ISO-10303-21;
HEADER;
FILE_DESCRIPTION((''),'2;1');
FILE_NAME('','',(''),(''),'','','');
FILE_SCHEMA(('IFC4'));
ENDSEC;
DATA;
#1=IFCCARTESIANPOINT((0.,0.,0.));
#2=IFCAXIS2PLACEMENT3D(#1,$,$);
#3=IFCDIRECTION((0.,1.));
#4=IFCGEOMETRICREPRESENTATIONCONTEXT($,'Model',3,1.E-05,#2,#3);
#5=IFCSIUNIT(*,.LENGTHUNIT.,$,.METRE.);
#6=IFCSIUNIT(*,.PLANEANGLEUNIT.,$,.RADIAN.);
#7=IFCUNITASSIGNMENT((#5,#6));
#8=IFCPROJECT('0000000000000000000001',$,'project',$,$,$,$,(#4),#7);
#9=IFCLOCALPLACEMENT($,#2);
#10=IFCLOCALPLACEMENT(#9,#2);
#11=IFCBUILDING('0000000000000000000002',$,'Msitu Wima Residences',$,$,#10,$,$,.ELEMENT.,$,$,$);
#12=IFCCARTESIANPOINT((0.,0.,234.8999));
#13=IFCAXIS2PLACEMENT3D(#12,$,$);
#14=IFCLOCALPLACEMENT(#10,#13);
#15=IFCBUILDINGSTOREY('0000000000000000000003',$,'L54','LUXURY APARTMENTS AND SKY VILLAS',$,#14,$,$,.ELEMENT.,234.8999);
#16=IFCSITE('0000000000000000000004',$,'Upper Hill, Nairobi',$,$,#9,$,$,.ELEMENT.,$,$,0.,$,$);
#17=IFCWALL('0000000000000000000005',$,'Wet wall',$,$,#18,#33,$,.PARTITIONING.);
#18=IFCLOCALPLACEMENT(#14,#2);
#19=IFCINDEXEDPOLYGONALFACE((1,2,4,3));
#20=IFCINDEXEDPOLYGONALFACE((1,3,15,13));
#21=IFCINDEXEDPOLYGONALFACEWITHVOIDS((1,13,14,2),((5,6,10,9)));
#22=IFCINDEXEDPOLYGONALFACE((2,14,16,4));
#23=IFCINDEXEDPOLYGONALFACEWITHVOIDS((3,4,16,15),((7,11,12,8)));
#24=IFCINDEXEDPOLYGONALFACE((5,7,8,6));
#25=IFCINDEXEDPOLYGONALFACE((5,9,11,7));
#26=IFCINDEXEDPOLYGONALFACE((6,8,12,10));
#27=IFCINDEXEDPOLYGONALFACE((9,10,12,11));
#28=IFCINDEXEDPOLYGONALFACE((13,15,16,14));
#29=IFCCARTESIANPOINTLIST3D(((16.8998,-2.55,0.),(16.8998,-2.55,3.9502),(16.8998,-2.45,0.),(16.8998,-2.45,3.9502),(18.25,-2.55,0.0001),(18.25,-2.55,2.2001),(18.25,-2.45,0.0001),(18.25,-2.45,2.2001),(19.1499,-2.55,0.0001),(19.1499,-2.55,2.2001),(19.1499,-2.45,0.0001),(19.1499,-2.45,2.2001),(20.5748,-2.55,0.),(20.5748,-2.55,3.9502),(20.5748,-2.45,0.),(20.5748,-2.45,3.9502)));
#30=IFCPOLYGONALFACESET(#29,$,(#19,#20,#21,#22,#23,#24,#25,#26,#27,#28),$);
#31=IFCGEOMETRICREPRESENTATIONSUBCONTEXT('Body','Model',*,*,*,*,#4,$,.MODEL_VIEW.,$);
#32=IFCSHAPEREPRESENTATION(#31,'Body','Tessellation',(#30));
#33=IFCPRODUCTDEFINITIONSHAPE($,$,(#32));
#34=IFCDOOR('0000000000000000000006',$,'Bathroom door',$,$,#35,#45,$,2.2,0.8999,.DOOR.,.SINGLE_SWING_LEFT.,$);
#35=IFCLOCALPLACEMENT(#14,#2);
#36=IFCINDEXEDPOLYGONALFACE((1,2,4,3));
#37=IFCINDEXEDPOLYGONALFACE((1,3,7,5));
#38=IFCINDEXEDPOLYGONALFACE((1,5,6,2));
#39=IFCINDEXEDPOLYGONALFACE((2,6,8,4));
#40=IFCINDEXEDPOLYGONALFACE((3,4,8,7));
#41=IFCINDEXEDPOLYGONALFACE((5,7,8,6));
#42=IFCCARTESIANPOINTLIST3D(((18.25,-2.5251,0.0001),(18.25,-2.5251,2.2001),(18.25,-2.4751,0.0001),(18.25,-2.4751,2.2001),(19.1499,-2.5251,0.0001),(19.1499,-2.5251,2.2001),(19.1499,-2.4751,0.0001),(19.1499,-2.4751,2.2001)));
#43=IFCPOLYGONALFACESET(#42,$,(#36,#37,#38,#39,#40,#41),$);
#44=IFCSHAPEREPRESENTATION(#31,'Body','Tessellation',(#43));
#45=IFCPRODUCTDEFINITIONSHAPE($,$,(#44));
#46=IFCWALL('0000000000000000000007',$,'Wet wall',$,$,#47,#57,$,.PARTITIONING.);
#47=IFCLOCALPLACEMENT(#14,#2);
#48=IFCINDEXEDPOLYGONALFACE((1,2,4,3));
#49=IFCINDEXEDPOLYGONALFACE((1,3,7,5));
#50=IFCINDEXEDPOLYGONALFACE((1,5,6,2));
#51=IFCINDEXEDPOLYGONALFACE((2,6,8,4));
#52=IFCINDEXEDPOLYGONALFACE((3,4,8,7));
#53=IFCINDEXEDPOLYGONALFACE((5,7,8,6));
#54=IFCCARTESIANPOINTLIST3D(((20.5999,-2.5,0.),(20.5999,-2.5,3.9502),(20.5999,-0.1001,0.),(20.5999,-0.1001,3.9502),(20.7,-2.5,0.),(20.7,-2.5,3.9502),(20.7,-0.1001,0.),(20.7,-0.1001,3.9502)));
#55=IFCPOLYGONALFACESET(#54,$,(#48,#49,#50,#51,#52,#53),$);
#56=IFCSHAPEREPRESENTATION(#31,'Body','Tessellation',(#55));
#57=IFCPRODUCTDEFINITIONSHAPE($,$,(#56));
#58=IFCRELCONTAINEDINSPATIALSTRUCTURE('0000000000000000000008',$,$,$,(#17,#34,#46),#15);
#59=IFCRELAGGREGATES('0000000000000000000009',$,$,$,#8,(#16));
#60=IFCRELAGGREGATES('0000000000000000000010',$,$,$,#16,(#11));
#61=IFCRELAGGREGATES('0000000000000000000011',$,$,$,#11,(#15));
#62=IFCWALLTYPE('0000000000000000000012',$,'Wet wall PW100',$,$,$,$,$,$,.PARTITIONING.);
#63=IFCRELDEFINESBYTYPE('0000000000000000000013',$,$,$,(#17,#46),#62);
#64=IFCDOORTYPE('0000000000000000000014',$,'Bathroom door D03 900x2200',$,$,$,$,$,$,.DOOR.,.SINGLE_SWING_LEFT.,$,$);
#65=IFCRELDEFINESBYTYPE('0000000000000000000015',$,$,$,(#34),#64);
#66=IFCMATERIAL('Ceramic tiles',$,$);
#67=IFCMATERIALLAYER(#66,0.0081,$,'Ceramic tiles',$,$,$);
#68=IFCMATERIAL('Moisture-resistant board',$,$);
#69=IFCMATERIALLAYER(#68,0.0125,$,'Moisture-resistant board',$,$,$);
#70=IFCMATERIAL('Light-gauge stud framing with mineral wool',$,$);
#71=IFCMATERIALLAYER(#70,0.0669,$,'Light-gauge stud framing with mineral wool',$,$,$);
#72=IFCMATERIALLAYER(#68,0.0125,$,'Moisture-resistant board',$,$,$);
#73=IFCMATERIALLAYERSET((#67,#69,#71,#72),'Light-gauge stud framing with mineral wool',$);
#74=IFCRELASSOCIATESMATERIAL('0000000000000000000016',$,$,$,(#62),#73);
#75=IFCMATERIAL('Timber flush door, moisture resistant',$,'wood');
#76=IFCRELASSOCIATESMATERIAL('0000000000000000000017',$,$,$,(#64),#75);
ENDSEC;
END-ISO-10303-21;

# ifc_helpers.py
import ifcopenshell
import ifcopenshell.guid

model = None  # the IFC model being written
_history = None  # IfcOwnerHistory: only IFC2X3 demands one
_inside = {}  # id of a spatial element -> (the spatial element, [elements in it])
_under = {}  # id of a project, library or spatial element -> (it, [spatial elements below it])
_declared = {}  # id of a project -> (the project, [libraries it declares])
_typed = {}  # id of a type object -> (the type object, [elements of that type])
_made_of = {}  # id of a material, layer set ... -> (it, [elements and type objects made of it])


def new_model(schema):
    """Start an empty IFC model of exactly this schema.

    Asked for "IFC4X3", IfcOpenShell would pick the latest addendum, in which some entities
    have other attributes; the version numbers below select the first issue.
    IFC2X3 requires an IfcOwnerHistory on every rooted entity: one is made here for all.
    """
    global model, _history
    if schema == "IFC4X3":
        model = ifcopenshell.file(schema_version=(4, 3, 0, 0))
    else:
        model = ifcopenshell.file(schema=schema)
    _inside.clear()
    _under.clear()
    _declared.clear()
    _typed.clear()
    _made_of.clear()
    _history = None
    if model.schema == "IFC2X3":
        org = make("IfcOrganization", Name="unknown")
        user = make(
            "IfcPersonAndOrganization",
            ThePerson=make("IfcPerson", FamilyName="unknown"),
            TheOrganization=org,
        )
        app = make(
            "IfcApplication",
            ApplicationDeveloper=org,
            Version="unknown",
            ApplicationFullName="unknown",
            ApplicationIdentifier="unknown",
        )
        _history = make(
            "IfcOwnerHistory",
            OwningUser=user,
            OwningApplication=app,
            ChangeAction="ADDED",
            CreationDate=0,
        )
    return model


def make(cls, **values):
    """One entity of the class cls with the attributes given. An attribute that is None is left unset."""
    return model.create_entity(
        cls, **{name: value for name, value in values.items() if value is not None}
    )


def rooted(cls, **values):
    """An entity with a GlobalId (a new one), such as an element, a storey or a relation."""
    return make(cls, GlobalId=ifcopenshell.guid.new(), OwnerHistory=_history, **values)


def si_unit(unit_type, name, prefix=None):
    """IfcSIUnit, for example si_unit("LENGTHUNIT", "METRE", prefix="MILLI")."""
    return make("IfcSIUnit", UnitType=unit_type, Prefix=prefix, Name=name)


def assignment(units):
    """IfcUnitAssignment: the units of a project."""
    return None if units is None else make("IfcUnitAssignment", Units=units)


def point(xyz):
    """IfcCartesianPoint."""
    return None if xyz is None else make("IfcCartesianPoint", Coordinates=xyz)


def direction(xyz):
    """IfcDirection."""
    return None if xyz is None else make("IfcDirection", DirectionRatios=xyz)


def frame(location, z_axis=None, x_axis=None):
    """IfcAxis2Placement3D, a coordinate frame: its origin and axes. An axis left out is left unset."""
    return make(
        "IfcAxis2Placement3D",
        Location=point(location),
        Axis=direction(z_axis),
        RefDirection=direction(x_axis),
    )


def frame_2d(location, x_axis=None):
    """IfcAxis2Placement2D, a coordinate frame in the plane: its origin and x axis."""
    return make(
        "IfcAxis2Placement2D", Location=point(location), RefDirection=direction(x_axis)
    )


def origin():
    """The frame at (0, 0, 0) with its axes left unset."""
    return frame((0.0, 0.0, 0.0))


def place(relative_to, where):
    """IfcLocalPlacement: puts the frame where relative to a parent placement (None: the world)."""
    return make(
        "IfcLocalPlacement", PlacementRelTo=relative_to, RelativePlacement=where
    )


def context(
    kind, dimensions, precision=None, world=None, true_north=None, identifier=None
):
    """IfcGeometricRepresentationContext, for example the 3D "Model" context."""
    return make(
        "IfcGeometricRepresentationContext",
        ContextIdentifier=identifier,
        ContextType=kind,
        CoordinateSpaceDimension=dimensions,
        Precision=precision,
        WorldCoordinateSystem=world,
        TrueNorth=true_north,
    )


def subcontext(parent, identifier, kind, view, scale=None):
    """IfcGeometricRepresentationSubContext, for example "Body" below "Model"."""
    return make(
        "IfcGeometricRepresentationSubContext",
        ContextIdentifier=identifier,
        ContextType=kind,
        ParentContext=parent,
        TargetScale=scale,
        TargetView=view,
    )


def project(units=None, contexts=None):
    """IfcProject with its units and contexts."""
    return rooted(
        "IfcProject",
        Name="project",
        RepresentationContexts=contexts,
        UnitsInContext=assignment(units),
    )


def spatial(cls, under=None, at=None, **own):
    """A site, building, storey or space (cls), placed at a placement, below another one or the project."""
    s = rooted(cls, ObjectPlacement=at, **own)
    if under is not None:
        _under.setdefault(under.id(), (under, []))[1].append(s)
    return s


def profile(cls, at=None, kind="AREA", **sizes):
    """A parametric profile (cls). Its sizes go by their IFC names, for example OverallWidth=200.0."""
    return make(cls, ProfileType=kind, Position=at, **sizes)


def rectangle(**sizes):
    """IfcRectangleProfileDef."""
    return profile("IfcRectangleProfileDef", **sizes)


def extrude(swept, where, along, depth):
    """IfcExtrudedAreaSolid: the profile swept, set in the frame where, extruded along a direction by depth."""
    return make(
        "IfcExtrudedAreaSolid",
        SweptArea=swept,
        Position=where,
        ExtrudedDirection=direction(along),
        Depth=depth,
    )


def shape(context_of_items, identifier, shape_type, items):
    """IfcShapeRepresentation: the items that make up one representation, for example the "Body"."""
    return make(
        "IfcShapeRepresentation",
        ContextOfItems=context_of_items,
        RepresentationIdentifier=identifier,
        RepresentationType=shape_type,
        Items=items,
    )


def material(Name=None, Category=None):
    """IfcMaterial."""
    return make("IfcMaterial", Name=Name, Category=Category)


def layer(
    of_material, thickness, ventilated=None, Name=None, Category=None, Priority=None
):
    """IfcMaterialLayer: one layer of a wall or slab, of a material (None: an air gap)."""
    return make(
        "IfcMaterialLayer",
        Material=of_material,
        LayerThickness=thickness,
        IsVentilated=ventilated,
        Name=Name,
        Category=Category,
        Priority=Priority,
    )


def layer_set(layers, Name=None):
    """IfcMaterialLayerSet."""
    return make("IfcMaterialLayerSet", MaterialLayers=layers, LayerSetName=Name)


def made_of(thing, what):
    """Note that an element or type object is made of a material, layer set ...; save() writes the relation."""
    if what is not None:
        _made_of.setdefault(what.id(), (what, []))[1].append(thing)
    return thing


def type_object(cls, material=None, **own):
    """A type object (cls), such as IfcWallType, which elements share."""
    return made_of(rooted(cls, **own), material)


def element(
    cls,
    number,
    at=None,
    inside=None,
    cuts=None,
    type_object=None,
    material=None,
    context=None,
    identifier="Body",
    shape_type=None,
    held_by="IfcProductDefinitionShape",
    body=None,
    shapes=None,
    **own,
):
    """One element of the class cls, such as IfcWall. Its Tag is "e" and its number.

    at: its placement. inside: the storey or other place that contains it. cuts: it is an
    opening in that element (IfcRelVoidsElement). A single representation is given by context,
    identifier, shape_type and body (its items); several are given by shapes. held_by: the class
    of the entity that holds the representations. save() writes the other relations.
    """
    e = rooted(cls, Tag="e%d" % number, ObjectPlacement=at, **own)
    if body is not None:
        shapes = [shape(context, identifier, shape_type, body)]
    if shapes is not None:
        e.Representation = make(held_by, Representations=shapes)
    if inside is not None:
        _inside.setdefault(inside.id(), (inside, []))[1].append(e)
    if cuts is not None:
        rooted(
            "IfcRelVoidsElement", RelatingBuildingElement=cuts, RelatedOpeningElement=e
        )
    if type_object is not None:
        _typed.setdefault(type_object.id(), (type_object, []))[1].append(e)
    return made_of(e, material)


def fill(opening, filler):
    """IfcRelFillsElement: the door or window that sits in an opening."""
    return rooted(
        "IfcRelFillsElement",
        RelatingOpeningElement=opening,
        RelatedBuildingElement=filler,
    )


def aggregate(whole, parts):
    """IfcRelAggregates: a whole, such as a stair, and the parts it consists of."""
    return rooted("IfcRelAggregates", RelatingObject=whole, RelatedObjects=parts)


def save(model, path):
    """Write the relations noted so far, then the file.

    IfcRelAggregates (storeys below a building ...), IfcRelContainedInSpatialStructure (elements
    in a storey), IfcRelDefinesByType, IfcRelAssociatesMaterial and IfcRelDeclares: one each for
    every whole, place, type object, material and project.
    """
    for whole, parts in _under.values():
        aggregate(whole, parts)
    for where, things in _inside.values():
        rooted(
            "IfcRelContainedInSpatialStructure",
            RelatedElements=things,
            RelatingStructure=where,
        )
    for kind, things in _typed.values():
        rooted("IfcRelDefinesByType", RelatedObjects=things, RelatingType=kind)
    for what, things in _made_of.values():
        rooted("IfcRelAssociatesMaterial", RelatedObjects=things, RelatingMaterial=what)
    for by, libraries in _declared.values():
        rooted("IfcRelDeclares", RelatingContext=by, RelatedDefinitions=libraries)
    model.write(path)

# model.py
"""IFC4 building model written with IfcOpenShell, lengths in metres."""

from ifc_helpers import new_model, si_unit, direction, frame, frame_2d, origin, place, context, subcontext, project, spatial, rectangle, extrude, material, layer, layer_set, type_object, element, fill, save


model = new_model("IFC4")

# Units and contexts
model_context = context("Model", 3, precision=1e-05, world=origin(), true_north=direction((0.0, 1.0)))
body_context = subcontext(model_context, "Body", "Model", "MODEL_VIEW")
ifc_project = project(units=[si_unit("LENGTHUNIT", "METRE"), si_unit("PLANEANGLEUNIT", "RADIAN")], contexts=[model_context])

# Site, building, storey
site_placement = place(None, origin())
site = spatial("IfcSite", under=ifc_project, at=site_placement, Name="Upper Hill, Nairobi", CompositionType="ELEMENT", RefElevation=0.0)
building_placement = place(site_placement, origin())
building = spatial("IfcBuilding", under=site, at=building_placement, Name="Msitu Wima Residences", CompositionType="ELEMENT")
storey_placement = place(building_placement, frame((0.0, 0.0, 234.8999)))
storey = spatial("IfcBuildingStorey", under=building, at=storey_placement, Name="L54", Description="LUXURY APARTMENTS AND SKY VILLAS", CompositionType="ELEMENT", Elevation=234.8999)

# Wall, opening, door
ifc_material_1 = material(Name="Ceramic tiles")
ifc_layer_1 = layer(ifc_material_1, 0.0081, Name="Ceramic tiles")
ifc_material_2 = material(Name="Moisture-resistant board")
ifc_layer_2 = layer(ifc_material_2, 0.0125, Name="Moisture-resistant board")
ifc_material_3 = material(Name="Light-gauge stud framing with mineral wool")
ifc_layer_3 = layer(ifc_material_3, 0.0669, Name="Light-gauge stud framing with mineral wool")
ifc_layer_4 = layer(ifc_material_2, 0.0125, Name="Moisture-resistant board")
ifc_layer_set_1 = layer_set([ifc_layer_1, ifc_layer_2, ifc_layer_3, ifc_layer_4], Name="Light-gauge stud framing with mineral wool")
wall_type_1 = type_object("IfcWallType", Name="Wet wall PW100", PredefinedType="PARTITIONING", material=ifc_layer_set_1)
wall_1_placement = place(storey_placement, frame((16.8999, -2.5, 0.0), z_axis=(0.0, 0.0, 1.0), x_axis=(1.0, 0.0, 0.0)))
wall_1 = element("IfcWall", 1, at=wall_1_placement, inside=storey, type_object=wall_type_1, Name="Wet wall", PredefinedType="PARTITIONING", context=body_context, shape_type="SweptSolid", body=[
    extrude(rectangle(XDim=3.675, YDim=0.1001, at=frame_2d((1.8374, 0.0))), origin(), (0.0, 0.0, 1.0), 3.9502),
])
opening_1_placement = place(wall_1_placement, frame((1.3501, 0.0, 0.0)))
opening_1 = element("IfcOpeningElement", 2, at=opening_1_placement, cuts=wall_1, PredefinedType="OPENING", context=body_context, shape_type="SweptSolid", body=[
    extrude(rectangle(XDim=0.8999, YDim=2.2, at=frame_2d((0.45, 1.1001))), frame((0.0, 0.0601, 0.0), z_axis=(0.0, -1.0, 0.0), x_axis=(1.0, 0.0, 0.0)), (0.0, 0.0, 1.0), 0.1201),
])
ifc_material_4 = material(Name="Timber flush door, moisture resistant", Category="wood")
door_type_1 = type_object("IfcDoorType", Name="Bathroom door D03 900x2200", OperationType="SINGLE_SWING_LEFT", PredefinedType="DOOR", material=ifc_material_4)
door_1_placement = place(opening_1_placement, origin())
door_1 = element("IfcDoor", 3, at=door_1_placement, inside=storey, type_object=door_type_1, Name="Bathroom door", OperationType="SINGLE_SWING_LEFT", OverallHeight=2.2, OverallWidth=0.8999, PredefinedType="DOOR", context=body_context, shape_type="SweptSolid", body=[
    extrude(rectangle(XDim=0.8999, YDim=2.2, at=frame_2d((0.45, 1.1001))), frame((0.0, 0.0249, 0.0), z_axis=(0.0, -1.0, 0.0), x_axis=(1.0, 0.0, 0.0)), (0.0, 0.0, 1.0), 0.05),
])
fill(opening_1, door_1)

# Wall
wall_2_placement = place(storey_placement, frame((20.6499, -2.5, 0.0), z_axis=(0.0, 0.0, 1.0), x_axis=(0.0, 1.0, 0.0)))
element("IfcWall", 4, at=wall_2_placement, inside=storey, type_object=wall_type_1, Name="Wet wall", PredefinedType="PARTITIONING", context=body_context, shape_type="SweptSolid", body=[
    extrude(rectangle(XDim=2.3999, YDim=0.1001, at=frame_2d((1.2, 0.0))), origin(), (0.0, 0.0, 1.0), 3.9502),
])

save(model, "model.ifc")
